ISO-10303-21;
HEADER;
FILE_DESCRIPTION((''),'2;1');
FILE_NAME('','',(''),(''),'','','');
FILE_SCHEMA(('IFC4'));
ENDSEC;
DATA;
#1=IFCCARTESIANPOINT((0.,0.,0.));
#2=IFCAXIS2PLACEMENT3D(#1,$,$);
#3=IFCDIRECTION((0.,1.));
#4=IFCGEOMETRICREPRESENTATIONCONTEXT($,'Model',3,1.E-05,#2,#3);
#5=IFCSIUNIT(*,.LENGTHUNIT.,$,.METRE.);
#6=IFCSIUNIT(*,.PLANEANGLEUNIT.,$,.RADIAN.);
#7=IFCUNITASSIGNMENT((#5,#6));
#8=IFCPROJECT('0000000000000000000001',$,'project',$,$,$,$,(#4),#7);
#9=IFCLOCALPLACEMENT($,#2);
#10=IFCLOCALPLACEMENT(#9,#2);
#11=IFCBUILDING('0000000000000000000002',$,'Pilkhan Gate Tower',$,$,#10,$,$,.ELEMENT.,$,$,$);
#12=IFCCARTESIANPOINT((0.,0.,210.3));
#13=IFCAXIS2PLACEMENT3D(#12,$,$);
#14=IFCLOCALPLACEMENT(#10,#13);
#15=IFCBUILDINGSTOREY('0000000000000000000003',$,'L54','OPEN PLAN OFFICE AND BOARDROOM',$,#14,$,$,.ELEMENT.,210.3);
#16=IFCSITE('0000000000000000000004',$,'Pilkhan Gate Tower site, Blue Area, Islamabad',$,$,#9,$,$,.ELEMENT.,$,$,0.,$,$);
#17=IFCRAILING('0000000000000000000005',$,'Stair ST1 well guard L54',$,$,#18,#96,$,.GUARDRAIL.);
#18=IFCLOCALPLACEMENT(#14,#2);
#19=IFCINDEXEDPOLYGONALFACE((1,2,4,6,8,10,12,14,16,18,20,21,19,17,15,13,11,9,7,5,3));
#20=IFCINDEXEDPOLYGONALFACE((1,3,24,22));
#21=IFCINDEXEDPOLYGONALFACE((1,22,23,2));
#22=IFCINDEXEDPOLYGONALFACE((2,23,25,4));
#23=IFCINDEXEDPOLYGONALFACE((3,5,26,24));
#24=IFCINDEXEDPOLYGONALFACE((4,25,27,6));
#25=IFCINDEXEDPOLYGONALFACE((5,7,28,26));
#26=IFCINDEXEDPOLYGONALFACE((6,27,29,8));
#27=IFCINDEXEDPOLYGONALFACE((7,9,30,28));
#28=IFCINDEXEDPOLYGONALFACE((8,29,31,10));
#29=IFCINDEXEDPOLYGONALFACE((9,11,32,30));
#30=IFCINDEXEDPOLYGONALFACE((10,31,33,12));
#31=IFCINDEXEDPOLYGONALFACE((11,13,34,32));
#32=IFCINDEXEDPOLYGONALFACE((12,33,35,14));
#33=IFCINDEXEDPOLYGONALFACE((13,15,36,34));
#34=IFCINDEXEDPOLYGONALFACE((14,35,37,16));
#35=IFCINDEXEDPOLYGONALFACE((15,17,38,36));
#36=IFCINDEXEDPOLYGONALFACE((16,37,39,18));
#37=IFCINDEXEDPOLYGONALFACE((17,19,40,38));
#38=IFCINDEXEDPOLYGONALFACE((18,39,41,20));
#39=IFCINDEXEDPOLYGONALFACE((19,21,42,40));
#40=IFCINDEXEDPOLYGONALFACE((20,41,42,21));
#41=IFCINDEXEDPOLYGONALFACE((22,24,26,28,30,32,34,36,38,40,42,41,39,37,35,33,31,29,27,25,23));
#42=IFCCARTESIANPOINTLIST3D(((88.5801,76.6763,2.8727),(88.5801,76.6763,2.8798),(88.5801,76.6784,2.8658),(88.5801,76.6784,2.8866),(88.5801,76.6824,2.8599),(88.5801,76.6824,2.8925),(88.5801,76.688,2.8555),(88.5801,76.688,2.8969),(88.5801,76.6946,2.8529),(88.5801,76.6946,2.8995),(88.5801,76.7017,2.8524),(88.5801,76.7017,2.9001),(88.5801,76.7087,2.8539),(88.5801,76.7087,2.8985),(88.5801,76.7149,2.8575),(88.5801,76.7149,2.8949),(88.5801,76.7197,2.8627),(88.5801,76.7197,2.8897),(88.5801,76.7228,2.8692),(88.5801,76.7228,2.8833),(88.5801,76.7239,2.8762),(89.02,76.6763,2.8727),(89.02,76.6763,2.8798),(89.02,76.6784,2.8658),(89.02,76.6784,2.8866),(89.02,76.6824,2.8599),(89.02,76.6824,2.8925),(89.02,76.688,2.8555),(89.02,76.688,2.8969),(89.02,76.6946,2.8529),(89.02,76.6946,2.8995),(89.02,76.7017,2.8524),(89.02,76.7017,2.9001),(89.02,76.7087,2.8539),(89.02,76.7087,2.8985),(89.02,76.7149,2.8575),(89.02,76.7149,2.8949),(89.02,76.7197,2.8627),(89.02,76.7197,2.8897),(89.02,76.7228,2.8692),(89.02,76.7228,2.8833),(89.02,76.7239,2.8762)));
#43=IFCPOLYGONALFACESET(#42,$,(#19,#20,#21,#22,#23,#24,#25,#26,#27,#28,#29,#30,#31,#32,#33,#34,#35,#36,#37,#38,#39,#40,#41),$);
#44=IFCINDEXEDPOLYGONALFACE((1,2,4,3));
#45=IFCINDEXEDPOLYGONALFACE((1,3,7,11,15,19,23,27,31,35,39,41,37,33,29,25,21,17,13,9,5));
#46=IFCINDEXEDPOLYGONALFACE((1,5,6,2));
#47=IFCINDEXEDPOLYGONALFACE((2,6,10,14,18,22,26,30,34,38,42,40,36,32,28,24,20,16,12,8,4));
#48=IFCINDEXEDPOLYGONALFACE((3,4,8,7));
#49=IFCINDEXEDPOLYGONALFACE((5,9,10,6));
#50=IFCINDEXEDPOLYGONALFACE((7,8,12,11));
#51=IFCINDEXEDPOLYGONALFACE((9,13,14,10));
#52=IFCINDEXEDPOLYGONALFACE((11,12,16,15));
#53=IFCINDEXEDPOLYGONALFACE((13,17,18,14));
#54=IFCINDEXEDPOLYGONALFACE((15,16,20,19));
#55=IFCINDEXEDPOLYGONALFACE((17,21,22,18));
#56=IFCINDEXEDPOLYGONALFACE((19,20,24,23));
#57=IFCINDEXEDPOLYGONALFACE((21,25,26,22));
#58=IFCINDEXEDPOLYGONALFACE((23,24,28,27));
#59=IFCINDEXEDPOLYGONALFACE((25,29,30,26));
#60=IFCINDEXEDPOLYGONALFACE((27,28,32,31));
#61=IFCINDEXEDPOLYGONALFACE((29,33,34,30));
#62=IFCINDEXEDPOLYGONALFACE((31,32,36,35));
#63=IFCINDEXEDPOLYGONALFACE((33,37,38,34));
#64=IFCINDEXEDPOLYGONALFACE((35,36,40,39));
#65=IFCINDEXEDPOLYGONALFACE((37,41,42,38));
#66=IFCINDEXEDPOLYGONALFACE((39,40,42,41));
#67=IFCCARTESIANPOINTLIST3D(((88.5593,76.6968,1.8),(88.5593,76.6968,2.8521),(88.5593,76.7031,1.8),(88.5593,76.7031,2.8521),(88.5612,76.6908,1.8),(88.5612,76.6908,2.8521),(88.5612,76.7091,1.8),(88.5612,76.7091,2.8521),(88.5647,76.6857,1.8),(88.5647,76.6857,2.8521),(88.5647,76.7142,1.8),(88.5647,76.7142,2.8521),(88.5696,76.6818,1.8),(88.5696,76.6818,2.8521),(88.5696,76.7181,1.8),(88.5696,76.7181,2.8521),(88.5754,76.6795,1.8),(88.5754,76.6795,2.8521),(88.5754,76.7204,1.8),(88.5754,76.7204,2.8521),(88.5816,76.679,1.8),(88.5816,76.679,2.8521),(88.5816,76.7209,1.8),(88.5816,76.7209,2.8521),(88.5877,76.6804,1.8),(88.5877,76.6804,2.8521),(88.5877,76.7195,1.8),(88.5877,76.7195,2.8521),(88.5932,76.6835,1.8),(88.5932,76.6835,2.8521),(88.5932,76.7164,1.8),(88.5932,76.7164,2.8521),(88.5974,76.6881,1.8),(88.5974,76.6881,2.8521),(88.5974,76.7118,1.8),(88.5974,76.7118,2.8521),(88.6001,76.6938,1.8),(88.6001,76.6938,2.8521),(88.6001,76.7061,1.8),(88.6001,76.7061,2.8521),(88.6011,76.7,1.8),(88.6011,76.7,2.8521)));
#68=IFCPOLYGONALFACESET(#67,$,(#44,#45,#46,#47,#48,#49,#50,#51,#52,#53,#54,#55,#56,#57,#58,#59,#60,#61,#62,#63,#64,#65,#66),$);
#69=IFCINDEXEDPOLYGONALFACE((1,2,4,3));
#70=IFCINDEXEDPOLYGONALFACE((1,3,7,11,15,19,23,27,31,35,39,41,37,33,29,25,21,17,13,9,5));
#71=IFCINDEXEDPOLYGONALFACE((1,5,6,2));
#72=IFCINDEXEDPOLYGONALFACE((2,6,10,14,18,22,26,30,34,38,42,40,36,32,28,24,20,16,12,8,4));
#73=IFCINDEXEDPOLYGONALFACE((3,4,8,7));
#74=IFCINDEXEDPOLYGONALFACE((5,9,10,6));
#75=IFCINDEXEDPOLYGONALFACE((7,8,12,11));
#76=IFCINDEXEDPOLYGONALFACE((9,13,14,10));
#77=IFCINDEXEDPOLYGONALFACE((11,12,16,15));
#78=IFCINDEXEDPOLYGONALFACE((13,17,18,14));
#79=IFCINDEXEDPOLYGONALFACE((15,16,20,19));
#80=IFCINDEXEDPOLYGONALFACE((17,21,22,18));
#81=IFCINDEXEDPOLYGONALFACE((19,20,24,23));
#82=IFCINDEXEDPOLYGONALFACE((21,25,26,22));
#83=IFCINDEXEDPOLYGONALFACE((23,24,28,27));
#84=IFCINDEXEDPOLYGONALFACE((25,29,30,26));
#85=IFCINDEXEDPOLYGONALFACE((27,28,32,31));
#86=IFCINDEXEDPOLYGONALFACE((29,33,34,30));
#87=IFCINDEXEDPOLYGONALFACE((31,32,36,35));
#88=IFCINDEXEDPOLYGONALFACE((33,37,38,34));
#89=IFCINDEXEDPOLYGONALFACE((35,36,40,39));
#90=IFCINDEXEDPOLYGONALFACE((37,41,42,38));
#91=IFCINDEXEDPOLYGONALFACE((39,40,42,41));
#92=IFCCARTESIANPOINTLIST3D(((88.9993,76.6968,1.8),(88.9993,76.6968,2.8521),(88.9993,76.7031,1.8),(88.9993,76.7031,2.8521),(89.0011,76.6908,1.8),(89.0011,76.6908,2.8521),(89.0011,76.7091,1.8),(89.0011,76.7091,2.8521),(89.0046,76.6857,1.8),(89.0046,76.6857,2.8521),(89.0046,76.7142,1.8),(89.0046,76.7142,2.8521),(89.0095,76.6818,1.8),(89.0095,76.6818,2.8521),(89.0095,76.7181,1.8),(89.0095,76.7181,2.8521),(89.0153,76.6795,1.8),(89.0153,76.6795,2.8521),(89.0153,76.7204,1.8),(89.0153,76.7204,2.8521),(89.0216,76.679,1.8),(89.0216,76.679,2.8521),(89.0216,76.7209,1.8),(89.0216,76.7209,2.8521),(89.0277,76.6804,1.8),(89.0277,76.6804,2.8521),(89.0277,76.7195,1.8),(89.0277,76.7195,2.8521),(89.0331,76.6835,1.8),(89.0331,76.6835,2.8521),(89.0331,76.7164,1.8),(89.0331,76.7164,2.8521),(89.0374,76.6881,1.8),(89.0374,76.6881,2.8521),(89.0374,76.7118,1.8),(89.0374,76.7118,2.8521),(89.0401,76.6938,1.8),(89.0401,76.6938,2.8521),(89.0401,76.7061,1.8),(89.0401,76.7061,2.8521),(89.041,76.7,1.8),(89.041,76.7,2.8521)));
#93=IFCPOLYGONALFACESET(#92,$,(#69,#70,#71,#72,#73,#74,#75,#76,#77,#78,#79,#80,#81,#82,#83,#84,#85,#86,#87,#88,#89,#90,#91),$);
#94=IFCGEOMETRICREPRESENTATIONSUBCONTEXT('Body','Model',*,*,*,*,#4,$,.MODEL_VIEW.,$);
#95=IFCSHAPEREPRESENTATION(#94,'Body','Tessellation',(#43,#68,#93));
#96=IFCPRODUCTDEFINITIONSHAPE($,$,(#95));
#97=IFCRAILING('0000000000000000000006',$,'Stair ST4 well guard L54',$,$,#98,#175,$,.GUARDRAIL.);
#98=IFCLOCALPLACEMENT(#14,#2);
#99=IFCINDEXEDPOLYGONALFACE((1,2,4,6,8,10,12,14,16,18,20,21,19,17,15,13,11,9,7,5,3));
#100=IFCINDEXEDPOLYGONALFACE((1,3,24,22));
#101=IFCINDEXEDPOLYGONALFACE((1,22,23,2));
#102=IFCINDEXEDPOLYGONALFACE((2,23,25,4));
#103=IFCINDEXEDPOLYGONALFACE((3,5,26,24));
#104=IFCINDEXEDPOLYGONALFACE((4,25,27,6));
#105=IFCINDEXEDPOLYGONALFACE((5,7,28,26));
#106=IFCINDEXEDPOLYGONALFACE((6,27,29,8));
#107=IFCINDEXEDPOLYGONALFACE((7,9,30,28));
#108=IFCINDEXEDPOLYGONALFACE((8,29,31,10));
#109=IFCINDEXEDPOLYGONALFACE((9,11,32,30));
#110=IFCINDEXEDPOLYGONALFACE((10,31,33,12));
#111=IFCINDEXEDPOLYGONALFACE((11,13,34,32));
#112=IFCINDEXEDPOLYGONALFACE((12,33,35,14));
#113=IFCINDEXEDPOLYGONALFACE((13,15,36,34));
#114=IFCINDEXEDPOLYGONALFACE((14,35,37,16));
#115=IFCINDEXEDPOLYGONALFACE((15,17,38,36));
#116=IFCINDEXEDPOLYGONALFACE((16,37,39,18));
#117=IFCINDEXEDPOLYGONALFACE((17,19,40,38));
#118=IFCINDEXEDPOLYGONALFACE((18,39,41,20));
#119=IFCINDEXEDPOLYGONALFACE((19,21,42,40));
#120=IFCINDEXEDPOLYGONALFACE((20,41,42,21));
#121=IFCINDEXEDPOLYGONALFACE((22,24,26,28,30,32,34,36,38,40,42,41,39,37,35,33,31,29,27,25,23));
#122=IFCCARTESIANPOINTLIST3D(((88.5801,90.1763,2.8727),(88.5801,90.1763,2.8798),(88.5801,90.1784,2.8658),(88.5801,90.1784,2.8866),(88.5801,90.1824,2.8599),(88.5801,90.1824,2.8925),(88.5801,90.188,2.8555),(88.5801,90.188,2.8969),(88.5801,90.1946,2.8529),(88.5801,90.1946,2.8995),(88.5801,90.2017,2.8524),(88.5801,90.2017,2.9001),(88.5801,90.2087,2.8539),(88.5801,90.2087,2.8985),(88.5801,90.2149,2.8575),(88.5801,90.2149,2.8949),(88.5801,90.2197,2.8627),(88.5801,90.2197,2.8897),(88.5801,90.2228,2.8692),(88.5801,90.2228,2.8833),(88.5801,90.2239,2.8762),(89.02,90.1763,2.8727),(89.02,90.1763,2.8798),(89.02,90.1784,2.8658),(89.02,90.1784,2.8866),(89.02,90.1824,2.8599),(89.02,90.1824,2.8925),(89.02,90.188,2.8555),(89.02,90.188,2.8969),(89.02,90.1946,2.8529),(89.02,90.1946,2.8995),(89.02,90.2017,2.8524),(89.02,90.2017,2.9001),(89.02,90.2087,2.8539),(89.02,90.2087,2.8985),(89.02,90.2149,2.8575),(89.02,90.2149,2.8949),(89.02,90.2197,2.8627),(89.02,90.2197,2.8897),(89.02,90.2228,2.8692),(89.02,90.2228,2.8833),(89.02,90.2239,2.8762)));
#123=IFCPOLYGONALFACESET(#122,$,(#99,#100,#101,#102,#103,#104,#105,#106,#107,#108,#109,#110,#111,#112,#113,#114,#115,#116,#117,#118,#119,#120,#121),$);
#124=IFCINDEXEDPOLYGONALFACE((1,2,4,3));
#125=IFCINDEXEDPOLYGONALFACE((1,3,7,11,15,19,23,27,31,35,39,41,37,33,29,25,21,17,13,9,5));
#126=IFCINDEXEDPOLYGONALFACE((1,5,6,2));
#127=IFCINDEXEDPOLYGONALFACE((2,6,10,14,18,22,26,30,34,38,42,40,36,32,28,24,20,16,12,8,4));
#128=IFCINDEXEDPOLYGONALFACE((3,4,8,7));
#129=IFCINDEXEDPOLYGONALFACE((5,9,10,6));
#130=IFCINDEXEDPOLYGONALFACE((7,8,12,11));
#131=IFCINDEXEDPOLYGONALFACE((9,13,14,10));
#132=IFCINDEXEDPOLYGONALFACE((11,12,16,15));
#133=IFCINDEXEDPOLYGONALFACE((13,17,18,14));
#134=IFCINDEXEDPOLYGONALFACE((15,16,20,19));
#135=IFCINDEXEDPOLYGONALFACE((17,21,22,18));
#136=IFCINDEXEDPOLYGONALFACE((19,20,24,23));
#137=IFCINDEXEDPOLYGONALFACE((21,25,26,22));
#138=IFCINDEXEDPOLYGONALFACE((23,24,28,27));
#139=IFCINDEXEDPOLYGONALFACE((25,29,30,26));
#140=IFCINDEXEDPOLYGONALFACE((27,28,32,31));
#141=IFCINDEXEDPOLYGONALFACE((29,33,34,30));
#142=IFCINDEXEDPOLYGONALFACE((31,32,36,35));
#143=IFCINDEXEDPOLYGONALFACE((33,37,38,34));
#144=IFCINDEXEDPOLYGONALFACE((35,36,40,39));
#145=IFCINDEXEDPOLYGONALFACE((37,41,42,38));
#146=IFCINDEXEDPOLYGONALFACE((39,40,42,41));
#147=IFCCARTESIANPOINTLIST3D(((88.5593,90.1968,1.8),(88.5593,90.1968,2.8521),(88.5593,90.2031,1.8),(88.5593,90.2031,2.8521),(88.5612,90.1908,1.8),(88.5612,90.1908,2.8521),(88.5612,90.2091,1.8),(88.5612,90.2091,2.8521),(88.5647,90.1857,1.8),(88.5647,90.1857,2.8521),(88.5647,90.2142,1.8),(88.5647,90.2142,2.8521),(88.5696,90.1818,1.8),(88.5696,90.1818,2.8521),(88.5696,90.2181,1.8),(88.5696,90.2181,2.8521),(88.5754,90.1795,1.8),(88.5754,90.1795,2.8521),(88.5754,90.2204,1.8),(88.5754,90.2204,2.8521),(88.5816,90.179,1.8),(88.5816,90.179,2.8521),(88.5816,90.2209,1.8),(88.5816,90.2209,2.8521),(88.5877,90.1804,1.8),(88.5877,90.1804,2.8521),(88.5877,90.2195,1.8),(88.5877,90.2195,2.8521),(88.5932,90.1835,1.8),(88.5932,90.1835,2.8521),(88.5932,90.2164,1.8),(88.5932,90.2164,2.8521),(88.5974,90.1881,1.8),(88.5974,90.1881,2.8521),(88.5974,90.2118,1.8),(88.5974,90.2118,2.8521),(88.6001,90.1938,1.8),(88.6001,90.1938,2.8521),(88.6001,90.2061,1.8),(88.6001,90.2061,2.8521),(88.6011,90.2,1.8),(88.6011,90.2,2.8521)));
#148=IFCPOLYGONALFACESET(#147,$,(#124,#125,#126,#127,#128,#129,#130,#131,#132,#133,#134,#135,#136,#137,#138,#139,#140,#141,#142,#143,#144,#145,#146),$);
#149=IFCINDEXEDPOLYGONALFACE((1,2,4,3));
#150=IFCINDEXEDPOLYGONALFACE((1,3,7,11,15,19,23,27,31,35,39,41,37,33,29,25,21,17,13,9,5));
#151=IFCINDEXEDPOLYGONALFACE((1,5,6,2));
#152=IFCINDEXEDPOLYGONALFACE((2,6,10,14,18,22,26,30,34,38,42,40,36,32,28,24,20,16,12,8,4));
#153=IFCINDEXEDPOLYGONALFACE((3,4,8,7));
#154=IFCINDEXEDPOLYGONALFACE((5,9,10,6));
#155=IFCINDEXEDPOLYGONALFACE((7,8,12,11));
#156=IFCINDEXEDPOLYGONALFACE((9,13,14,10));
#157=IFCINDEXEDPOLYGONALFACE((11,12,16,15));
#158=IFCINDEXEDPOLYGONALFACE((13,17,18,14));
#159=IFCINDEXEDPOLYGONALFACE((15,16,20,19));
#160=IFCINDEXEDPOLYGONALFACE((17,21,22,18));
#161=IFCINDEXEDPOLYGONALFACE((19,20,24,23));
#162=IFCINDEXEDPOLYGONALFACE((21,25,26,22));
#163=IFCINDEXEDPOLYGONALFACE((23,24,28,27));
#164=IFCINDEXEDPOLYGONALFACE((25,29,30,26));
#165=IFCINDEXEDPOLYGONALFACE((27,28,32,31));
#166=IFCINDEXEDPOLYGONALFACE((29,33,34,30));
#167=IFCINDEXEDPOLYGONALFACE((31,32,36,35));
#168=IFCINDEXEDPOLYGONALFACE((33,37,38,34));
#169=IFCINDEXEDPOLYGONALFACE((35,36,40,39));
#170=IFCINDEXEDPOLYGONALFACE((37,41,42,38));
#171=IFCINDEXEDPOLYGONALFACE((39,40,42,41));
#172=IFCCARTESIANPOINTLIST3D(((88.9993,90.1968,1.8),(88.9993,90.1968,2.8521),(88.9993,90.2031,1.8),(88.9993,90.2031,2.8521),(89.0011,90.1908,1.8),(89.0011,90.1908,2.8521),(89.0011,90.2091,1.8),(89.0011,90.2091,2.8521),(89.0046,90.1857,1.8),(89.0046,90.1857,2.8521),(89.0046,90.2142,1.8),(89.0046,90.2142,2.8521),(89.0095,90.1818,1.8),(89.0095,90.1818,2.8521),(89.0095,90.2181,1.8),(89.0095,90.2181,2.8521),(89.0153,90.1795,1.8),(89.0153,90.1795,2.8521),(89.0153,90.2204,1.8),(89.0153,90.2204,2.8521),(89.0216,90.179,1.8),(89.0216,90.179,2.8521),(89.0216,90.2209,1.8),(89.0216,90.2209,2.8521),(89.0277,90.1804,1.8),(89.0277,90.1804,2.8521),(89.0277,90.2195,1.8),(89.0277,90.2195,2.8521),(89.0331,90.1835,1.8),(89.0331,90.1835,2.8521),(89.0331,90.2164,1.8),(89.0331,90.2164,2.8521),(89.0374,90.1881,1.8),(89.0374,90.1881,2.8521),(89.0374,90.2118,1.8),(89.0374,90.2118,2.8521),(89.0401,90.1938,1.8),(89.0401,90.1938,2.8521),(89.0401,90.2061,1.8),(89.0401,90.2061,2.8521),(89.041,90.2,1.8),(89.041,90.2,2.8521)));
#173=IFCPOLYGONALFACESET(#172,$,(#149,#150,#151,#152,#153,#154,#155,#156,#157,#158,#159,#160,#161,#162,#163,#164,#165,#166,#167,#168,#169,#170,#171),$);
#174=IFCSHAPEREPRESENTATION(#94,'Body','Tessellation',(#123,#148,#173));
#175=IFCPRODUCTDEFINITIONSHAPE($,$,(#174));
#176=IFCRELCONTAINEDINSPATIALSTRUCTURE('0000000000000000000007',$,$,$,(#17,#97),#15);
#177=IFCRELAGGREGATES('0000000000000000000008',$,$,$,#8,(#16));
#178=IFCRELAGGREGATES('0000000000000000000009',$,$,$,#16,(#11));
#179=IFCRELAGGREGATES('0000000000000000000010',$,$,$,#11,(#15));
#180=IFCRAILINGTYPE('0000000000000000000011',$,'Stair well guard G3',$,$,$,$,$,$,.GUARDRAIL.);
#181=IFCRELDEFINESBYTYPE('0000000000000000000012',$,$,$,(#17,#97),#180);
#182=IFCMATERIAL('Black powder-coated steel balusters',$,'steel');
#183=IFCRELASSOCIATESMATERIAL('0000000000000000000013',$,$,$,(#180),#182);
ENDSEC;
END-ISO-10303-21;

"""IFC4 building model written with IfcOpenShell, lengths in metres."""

from ifc_helpers import new_model, si_unit, direction, frame, origin, origin_2d, place, context, subcontext, project, spatial, circle, extrude, material, type_object, element, save


model = new_model("IFC4")

# Units and contexts
model_context = context("Model", 3, precision=1e-05, world=origin(), true_north=direction((0.0, 1.0)))
body_context = subcontext(model_context, "Body", "Model", "MODEL_VIEW")
ifc_project = project(units=[si_unit("LENGTHUNIT", "METRE"), si_unit("PLANEANGLEUNIT", "RADIAN")], contexts=[model_context])

# Site, building, storey
site_placement = place(None, origin())
site = spatial("IfcSite", under=ifc_project, at=site_placement, Name="Pilkhan Gate Tower site, Blue Area, Islamabad", CompositionType="ELEMENT", RefElevation=0.0)
building_placement = place(site_placement, origin())
building = spatial("IfcBuilding", under=site, at=building_placement, Name="Pilkhan Gate Tower", CompositionType="ELEMENT")
storey_placement = place(building_placement, frame((0.0, 0.0, 210.3)))
storey = spatial("IfcBuildingStorey", under=building, at=storey_placement, Name="L54", Description="OPEN PLAN OFFICE AND BOARDROOM", CompositionType="ELEMENT", Elevation=210.3)

# Railings
ifc_material_1 = material(Name="Black powder-coated steel balusters", Category="steel")
railing_type_1 = type_object("IfcRailingType", Name="Stair well guard G3", PredefinedType="GUARDRAIL", material=ifc_material_1)
for number, where, name in (
    (1, (88.5801, 76.7, 1.8), "Stair ST1 well guard L54"),
    (2, (88.5801, 90.2, 1.8), "Stair ST4 well guard L54"),
):
    element("IfcRailing", number, at=place(storey_placement, frame(where)), inside=storey, type_object=railing_type_1, Name=name, PredefinedType="GUARDRAIL", context=body_context, shape_type="SweptSolid", body=[
        extrude(circle(Radius=0.0239, at=origin_2d()), frame((0.0, 0.0, 1.0762), z_axis=(1.0, 0.0, 0.0), x_axis=(0.0, 1.0, 0.0)), (0.0, 0.0, 1.0), 0.4399),
        extrude(circle(Radius=0.021, at=origin_2d()), origin(), (0.0, 0.0, 1.0), 1.052),
        extrude(circle(Radius=0.021, at=origin_2d()), frame((0.4399, 0.0, 0.0)), (0.0, 0.0, 1.0), 1.052),
    ])

save(model, "model.ifc")
